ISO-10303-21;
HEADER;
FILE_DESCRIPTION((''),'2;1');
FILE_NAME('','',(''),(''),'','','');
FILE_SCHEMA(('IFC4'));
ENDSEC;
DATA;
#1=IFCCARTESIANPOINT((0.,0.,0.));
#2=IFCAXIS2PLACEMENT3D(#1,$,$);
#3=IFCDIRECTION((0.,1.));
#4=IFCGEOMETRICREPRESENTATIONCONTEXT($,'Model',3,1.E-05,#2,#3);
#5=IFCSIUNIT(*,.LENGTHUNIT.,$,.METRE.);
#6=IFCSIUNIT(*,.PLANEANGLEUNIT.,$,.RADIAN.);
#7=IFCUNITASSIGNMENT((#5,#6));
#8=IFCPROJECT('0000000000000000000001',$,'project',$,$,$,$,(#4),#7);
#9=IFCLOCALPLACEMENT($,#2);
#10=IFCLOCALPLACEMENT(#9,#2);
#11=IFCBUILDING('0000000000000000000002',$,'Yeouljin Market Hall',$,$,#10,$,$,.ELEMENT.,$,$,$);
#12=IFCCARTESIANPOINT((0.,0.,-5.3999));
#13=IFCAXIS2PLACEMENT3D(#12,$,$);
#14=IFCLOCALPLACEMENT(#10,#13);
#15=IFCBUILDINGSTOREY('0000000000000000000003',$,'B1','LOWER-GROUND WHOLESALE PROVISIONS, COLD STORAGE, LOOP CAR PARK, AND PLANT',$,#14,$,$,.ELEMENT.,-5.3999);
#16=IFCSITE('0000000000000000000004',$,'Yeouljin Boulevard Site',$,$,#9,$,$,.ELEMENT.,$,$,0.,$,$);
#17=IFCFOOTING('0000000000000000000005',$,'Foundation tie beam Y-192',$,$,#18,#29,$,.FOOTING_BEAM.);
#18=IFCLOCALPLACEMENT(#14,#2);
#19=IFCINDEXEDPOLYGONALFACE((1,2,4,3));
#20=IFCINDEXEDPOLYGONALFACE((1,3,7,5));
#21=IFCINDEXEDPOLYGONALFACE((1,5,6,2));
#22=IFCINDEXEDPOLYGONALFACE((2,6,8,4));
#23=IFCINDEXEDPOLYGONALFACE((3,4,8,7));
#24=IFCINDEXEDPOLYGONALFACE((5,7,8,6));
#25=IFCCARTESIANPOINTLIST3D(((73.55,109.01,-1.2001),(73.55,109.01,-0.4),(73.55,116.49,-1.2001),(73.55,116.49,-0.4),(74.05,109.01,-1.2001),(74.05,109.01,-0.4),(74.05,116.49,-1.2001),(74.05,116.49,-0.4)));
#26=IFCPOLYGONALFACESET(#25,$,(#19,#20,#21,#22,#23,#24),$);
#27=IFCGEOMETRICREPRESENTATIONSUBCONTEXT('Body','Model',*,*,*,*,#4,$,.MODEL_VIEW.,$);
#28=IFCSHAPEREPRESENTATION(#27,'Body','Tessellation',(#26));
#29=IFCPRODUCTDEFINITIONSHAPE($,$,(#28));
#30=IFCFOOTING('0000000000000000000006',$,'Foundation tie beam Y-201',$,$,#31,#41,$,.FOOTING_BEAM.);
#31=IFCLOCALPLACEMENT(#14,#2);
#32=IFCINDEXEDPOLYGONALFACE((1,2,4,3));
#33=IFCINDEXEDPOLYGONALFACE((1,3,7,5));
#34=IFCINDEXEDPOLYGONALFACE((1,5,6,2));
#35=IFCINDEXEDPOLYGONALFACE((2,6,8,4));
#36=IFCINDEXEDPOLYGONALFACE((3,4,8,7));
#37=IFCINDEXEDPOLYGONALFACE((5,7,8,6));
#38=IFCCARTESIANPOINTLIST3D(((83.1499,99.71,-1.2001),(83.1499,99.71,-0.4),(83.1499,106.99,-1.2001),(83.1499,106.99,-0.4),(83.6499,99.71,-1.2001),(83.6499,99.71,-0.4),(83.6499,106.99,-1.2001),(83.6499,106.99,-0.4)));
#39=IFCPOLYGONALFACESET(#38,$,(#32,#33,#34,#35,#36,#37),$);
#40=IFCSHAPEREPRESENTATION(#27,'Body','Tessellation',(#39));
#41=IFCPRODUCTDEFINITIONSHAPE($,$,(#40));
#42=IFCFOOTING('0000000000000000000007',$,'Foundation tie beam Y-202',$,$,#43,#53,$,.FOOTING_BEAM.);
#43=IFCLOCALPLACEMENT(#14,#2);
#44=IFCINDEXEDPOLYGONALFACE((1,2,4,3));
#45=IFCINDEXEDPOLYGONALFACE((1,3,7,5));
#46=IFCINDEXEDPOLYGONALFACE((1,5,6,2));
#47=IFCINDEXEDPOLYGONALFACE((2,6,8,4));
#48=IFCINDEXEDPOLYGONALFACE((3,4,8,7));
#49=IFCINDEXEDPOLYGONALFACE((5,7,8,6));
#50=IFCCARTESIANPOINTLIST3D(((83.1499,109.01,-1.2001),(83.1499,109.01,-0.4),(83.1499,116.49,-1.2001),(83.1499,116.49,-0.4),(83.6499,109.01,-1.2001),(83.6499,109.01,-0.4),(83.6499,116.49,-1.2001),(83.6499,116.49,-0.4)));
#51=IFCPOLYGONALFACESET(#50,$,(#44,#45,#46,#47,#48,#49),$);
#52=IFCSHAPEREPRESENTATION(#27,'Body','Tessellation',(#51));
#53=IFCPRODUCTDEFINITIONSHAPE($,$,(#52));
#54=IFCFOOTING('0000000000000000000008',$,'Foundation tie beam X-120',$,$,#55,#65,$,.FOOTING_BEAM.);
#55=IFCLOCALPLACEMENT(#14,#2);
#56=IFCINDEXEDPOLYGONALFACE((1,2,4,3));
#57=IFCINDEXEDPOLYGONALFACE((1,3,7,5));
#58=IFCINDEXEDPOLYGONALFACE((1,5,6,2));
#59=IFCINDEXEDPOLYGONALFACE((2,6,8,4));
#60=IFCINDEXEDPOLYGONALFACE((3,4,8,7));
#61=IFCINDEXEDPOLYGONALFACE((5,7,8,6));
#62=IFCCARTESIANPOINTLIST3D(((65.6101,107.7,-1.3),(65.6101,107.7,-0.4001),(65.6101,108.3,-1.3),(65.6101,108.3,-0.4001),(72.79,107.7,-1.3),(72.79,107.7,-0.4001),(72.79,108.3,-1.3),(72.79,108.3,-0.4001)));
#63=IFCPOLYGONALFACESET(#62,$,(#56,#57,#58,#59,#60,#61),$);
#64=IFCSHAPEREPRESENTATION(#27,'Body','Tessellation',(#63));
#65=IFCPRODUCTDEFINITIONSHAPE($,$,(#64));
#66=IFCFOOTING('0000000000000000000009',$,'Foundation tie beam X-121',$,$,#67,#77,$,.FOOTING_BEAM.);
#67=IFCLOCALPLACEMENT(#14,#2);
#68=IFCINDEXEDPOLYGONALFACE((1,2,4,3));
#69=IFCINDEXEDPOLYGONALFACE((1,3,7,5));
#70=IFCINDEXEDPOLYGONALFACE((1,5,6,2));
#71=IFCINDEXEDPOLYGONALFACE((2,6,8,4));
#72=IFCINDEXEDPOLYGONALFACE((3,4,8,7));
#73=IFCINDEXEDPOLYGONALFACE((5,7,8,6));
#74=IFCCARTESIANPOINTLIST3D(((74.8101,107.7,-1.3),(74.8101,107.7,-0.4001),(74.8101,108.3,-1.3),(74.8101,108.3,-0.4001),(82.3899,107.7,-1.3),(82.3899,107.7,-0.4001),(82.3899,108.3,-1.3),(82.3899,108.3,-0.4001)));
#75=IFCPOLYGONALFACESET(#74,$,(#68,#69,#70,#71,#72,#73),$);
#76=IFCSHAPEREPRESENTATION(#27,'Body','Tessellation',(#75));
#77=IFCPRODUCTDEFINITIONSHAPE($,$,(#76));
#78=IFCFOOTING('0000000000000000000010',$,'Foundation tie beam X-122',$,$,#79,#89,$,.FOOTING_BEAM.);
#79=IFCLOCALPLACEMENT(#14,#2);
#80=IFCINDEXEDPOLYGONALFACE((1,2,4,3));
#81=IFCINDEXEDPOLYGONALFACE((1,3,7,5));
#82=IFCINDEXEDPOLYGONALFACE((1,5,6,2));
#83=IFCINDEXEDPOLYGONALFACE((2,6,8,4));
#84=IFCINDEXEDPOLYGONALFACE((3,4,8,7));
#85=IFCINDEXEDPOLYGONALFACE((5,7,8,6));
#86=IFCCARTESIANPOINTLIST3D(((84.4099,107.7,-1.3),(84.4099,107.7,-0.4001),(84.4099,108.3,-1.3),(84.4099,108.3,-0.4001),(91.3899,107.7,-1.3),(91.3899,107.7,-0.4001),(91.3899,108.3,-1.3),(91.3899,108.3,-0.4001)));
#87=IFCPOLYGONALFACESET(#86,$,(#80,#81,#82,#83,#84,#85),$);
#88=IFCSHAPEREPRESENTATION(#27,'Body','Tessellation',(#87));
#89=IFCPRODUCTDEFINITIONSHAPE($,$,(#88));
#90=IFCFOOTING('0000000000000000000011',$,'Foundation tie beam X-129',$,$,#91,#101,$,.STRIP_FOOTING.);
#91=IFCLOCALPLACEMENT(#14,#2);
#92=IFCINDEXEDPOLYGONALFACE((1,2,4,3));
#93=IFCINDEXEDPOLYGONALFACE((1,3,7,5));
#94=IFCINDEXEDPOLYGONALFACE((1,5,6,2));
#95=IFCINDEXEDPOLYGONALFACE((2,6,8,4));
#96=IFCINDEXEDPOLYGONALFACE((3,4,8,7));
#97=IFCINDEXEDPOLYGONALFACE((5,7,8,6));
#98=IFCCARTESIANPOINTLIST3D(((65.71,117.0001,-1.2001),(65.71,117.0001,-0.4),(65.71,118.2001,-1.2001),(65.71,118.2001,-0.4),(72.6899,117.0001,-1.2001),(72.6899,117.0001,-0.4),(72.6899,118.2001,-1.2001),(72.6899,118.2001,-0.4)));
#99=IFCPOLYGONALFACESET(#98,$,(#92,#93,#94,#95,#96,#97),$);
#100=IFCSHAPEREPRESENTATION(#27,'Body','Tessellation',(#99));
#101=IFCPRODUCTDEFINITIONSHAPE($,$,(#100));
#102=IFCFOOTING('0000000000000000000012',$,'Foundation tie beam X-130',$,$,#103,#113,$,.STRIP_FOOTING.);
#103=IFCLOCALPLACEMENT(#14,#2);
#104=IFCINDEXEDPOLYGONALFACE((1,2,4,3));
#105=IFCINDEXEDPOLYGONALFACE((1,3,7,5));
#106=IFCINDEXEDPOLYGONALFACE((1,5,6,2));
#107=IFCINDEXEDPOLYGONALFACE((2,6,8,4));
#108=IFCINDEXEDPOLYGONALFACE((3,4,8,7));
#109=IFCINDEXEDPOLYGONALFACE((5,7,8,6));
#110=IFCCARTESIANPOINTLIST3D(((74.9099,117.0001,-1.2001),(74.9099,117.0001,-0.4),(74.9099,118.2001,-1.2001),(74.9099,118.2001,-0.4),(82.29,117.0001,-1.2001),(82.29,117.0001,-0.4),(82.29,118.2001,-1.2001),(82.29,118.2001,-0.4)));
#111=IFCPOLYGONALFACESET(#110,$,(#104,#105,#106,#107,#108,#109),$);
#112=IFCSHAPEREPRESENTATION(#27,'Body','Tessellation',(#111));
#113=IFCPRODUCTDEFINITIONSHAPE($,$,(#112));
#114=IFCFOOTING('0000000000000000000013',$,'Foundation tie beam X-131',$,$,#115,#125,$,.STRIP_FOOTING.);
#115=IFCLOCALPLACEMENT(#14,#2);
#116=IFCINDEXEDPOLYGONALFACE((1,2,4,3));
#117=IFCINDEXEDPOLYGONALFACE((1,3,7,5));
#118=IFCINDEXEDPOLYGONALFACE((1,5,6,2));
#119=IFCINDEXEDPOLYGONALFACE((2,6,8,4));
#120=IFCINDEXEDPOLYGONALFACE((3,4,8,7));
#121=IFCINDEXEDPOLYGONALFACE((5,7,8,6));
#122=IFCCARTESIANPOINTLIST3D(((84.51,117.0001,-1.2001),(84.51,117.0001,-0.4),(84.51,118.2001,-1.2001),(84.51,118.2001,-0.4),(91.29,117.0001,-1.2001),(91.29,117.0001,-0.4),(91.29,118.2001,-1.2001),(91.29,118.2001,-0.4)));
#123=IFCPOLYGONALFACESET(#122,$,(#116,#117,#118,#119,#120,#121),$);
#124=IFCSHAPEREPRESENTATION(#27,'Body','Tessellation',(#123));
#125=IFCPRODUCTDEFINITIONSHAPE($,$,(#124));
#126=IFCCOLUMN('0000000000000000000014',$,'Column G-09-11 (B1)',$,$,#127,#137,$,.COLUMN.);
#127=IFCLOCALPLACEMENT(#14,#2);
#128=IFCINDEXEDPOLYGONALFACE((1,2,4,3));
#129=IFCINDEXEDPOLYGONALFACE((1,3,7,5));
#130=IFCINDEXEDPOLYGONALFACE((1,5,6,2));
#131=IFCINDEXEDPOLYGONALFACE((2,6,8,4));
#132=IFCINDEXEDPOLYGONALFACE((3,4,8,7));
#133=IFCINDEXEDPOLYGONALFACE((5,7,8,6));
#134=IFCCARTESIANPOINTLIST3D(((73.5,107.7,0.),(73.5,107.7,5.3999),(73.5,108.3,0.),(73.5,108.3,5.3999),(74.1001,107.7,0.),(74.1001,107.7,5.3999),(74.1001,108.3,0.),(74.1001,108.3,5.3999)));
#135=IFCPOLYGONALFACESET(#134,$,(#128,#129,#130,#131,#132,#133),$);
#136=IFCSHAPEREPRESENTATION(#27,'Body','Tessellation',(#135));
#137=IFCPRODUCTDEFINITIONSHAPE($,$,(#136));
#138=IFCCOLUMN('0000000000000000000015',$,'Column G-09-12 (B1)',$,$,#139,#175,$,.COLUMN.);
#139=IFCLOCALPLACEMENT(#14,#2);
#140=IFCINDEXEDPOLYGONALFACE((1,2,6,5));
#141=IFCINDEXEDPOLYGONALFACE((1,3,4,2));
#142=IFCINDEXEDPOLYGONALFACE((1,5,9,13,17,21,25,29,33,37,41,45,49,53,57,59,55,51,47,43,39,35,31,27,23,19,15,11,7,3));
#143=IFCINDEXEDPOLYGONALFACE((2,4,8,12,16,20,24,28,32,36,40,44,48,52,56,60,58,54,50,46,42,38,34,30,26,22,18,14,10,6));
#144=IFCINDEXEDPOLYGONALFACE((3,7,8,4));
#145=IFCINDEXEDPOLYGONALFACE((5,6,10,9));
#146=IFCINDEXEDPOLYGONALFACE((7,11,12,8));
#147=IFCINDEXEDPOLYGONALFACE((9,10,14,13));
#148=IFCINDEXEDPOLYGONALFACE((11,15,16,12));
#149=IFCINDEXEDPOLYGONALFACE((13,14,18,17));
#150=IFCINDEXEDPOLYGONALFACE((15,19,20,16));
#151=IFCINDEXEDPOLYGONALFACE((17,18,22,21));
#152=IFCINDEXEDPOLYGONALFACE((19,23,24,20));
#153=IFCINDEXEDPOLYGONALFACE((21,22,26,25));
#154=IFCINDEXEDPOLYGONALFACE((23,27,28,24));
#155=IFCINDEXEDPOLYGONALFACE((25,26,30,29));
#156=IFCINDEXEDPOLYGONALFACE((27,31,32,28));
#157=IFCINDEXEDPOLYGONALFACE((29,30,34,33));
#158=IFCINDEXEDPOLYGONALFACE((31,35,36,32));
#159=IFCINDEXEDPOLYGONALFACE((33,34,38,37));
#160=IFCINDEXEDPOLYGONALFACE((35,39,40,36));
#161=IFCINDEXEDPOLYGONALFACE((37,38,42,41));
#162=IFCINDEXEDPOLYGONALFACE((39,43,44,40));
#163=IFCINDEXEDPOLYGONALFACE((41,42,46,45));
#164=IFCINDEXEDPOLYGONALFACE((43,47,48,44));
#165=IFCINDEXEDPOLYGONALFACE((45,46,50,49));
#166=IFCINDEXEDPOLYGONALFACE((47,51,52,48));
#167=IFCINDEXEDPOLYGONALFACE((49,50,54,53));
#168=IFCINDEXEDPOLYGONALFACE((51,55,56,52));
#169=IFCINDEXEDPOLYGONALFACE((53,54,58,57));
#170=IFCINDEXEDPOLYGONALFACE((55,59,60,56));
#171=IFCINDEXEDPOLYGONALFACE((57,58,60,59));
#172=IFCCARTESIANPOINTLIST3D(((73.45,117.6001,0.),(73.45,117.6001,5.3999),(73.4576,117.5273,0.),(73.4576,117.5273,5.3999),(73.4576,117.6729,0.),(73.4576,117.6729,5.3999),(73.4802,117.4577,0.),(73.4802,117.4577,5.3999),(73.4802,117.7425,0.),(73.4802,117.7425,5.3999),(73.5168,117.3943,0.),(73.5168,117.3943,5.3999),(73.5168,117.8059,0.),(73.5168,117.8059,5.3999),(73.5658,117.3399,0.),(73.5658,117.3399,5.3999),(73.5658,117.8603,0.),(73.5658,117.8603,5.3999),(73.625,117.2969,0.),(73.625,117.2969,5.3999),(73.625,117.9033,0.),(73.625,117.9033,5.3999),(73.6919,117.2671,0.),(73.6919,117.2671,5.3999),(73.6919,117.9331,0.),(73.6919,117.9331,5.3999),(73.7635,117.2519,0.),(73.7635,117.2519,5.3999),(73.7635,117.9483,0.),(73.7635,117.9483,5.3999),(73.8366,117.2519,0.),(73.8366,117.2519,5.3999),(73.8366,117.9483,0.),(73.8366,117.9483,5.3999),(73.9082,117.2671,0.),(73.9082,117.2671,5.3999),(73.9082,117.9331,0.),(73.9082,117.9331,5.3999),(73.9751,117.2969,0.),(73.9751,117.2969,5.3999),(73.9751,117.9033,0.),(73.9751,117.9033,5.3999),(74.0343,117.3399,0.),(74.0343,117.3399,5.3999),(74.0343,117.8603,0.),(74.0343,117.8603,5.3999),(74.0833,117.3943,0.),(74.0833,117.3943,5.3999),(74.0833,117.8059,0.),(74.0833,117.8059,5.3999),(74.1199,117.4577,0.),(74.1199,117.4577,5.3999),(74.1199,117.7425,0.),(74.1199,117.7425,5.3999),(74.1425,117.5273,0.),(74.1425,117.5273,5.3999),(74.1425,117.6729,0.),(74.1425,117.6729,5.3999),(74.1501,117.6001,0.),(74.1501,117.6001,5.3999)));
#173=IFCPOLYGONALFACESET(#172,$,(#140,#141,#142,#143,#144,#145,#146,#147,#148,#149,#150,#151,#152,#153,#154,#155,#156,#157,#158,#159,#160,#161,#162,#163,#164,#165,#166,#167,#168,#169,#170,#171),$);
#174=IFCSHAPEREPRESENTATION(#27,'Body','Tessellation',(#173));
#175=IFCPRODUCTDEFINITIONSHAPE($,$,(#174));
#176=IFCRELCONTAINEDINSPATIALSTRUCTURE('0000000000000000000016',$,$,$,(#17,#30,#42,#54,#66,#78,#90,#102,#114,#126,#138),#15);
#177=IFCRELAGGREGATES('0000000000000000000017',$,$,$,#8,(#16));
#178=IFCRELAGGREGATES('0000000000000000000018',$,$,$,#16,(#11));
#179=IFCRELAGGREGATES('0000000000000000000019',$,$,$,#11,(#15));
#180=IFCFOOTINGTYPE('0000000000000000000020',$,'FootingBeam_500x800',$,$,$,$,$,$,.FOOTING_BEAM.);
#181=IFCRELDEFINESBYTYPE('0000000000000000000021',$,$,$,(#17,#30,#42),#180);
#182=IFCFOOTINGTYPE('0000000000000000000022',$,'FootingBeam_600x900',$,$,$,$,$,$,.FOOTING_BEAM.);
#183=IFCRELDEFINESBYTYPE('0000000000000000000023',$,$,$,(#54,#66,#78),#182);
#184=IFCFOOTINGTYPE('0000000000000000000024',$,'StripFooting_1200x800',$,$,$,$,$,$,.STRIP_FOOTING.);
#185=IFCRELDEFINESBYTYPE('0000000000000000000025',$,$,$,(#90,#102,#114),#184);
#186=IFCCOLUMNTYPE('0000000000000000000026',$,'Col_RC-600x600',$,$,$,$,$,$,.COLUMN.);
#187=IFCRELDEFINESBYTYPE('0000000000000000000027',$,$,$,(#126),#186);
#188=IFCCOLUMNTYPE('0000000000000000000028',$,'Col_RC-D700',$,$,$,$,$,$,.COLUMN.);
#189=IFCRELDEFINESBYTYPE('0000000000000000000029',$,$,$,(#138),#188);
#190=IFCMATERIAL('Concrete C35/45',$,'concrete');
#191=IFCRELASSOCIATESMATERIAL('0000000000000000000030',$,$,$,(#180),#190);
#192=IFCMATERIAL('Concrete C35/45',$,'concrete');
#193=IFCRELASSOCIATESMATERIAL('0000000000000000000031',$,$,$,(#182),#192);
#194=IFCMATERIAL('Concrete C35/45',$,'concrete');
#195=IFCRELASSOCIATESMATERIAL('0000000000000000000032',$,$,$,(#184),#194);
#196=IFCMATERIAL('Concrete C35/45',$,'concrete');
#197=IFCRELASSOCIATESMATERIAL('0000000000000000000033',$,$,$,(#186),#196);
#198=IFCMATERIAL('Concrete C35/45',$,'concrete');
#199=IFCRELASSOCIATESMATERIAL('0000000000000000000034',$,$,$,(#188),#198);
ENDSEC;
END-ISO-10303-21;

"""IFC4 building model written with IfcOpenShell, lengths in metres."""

from ifc_helpers import new_model, si_unit, direction, frame, origin, origin_2d, place, context, subcontext, project, spatial, rectangle, circle, extrude, material, material_profile, profile_set, type_object, element, save


model = new_model("IFC4")

# Units and contexts
model_context = context("Model", 3, precision=1e-05, world=origin(), true_north=direction((0.0, 1.0)))
body_context = subcontext(model_context, "Body", "Model", "MODEL_VIEW")
ifc_project = project(units=[si_unit("LENGTHUNIT", "METRE"), si_unit("PLANEANGLEUNIT", "RADIAN")], contexts=[model_context])

# Site, building, storey
site_placement = place(None, origin())
site = spatial("IfcSite", under=ifc_project, at=site_placement, Name="Yeouljin Boulevard Site", CompositionType="ELEMENT", RefElevation=0.0)
building_placement = place(site_placement, origin())
building = spatial("IfcBuilding", under=site, at=building_placement, Name="Yeouljin Market Hall", CompositionType="ELEMENT")
storey_placement = place(building_placement, frame((0.0, 0.0, -5.3999)))
storey = spatial("IfcBuildingStorey", under=building, at=storey_placement, Name="B1", Description="LOWER-GROUND WHOLESALE PROVISIONS, COLD STORAGE, LOOP CAR PARK, AND PLANT", CompositionType="ELEMENT", Elevation=-5.3999)

# Footings
ifc_material_1 = material(Name="Concrete C35/45", Category="concrete")
ifc_material_profile_1 = material_profile(ifc_material_1, rectangle(XDim=0.5, YDim=0.8, at=origin_2d()), Name="RC-500x800")
ifc_profile_set_1 = profile_set([ifc_material_profile_1], Name="Concrete C35/45")
footing_type_1 = type_object("IfcFootingType", Name="FootingBeam_500x800", PredefinedType="FOOTING_BEAM", material=ifc_profile_set_1)
footing_1_placement = place(storey_placement, frame((73.8, 109.01, -0.8), z_axis=(0.0, 1.0, 0.0), x_axis=(-1.0, 0.0, 0.0)))
element("IfcFooting", 1, at=footing_1_placement, inside=storey, type_object=footing_type_1, Name="Foundation tie beam Y-192", PredefinedType="FOOTING_BEAM", context=body_context, shape_type="SweptSolid", body=[
    extrude(rectangle(XDim=0.5, YDim=0.8, at=origin_2d()), origin(), (0.0, 0.0, 1.0), 7.48),
])
footing_2_placement = place(storey_placement, frame((83.3999, 99.71, -0.8), z_axis=(0.0, 1.0, 0.0), x_axis=(-1.0, 0.0, 0.0)))
element("IfcFooting", 2, at=footing_2_placement, inside=storey, type_object=footing_type_1, Name="Foundation tie beam Y-201", PredefinedType="FOOTING_BEAM", context=body_context, shape_type="SweptSolid", body=[
    extrude(rectangle(XDim=0.5, YDim=0.8, at=origin_2d()), origin(), (0.0, 0.0, 1.0), 7.28),
])
footing_3_placement = place(storey_placement, frame((83.3999, 109.01, -0.8), z_axis=(0.0, 1.0, 0.0), x_axis=(-1.0, 0.0, 0.0)))
element("IfcFooting", 3, at=footing_3_placement, inside=storey, type_object=footing_type_1, Name="Foundation tie beam Y-202", PredefinedType="FOOTING_BEAM", context=body_context, shape_type="SweptSolid", body=[
    extrude(rectangle(XDim=0.5, YDim=0.8, at=origin_2d()), origin(), (0.0, 0.0, 1.0), 7.48),
])
ifc_material_2 = material(Name="Concrete C35/45", Category="concrete")
ifc_material_profile_2 = material_profile(ifc_material_2, rectangle(XDim=0.6001, YDim=0.8999, at=origin_2d()), Name="RC-600x900")
ifc_profile_set_2 = profile_set([ifc_material_profile_2], Name="Concrete C35/45")
footing_type_2 = type_object("IfcFootingType", Name="FootingBeam_600x900", PredefinedType="FOOTING_BEAM", material=ifc_profile_set_2)
footing_4_placement = place(storey_placement, frame((65.6101, 108.0, -0.8501), z_axis=(1.0, 0.0, 0.0), x_axis=(0.0, 1.0, 0.0)))
element("IfcFooting", 4, at=footing_4_placement, inside=storey, type_object=footing_type_2, Name="Foundation tie beam X-120", PredefinedType="FOOTING_BEAM", context=body_context, shape_type="SweptSolid", body=[
    extrude(rectangle(XDim=0.6001, YDim=0.8999, at=origin_2d()), origin(), (0.0, 0.0, 1.0), 7.1799),
])
footing_5_placement = place(storey_placement, frame((74.8101, 108.0, -0.8501), z_axis=(1.0, 0.0, 0.0), x_axis=(0.0, 1.0, 0.0)))
element("IfcFooting", 5, at=footing_5_placement, inside=storey, type_object=footing_type_2, Name="Foundation tie beam X-121", PredefinedType="FOOTING_BEAM", context=body_context, shape_type="SweptSolid", body=[
    extrude(rectangle(XDim=0.6001, YDim=0.8999, at=origin_2d()), origin(), (0.0, 0.0, 1.0), 7.5798),
])
footing_6_placement = place(storey_placement, frame((84.4099, 108.0, -0.8501), z_axis=(1.0, 0.0, 0.0), x_axis=(0.0, 1.0, 0.0)))
element("IfcFooting", 6, at=footing_6_placement, inside=storey, type_object=footing_type_2, Name="Foundation tie beam X-122", PredefinedType="FOOTING_BEAM", context=body_context, shape_type="SweptSolid", body=[
    extrude(rectangle(XDim=0.6001, YDim=0.8999, at=origin_2d()), origin(), (0.0, 0.0, 1.0), 6.98),
])
ifc_material_3 = material(Name="Concrete C35/45", Category="concrete")
ifc_material_profile_3 = material_profile(ifc_material_3, rectangle(XDim=1.2, YDim=0.8, at=origin_2d()), Name="SF-1200x800")
ifc_profile_set_3 = profile_set([ifc_material_profile_3], Name="Concrete C35/45")
footing_type_3 = type_object("IfcFootingType", Name="StripFooting_1200x800", PredefinedType="STRIP_FOOTING", material=ifc_profile_set_3)
footing_7_placement = place(storey_placement, frame((65.71, 117.6001, -0.8), z_axis=(1.0, 0.0, 0.0), x_axis=(0.0, 1.0, 0.0)))
element("IfcFooting", 7, at=footing_7_placement, inside=storey, type_object=footing_type_3, Name="Foundation tie beam X-129", PredefinedType="STRIP_FOOTING", context=body_context, shape_type="SweptSolid", body=[
    extrude(rectangle(XDim=1.2, YDim=0.8, at=origin_2d()), origin(), (0.0, 0.0, 1.0), 6.98),
])
footing_8_placement = place(storey_placement, frame((74.9099, 117.6001, -0.8), z_axis=(1.0, 0.0, 0.0), x_axis=(0.0, 1.0, 0.0)))
element("IfcFooting", 8, at=footing_8_placement, inside=storey, type_object=footing_type_3, Name="Foundation tie beam X-130", PredefinedType="STRIP_FOOTING", context=body_context, shape_type="SweptSolid", body=[
    extrude(rectangle(XDim=1.2, YDim=0.8, at=origin_2d()), origin(), (0.0, 0.0, 1.0), 7.3801),
])
footing_9_placement = place(storey_placement, frame((84.51, 117.6001, -0.8), z_axis=(1.0, 0.0, 0.0), x_axis=(0.0, 1.0, 0.0)))
element("IfcFooting", 9, at=footing_9_placement, inside=storey, type_object=footing_type_3, Name="Foundation tie beam X-131", PredefinedType="STRIP_FOOTING", context=body_context, shape_type="SweptSolid", body=[
    extrude(rectangle(XDim=1.2, YDim=0.8, at=origin_2d()), origin(), (0.0, 0.0, 1.0), 6.78),
])

# Columns
ifc_material_4 = material(Name="Concrete C35/45", Category="concrete")
ifc_material_profile_4 = material_profile(ifc_material_4, rectangle(XDim=0.6001, YDim=0.6001, at=origin_2d()), Name="RC-600x600")
ifc_profile_set_4 = profile_set([ifc_material_profile_4], Name="Concrete C35/45")
column_type_1 = type_object("IfcColumnType", Name="Col_RC-600x600", PredefinedType="COLUMN", material=ifc_profile_set_4)
column_placement = place(storey_placement, frame((73.8, 108.0, 0.0), z_axis=(0.0, 0.0, 1.0), x_axis=(1.0, 0.0, 0.0)))
element("IfcColumn", 10, at=column_placement, inside=storey, type_object=column_type_1, Name="Column G-09-11 (B1)", PredefinedType="COLUMN", context=body_context, shape_type="SweptSolid", body=[
    extrude(rectangle(XDim=0.6001, YDim=0.6001, at=origin_2d()), origin(), (0.0, 0.0, 1.0), 5.3999),
])
ifc_material_5 = material(Name="Concrete C35/45", Category="concrete")
ifc_material_profile_5 = material_profile(ifc_material_5, circle(Radius=0.3501, at=origin_2d()), Name="RC-D700")
ifc_profile_set_5 = profile_set([ifc_material_profile_5], Name="Concrete C35/45")
column_type_2 = type_object("IfcColumnType", Name="Col_RC-D700", PredefinedType="COLUMN", material=ifc_profile_set_5)
for number, where, z_axis, x_axis, name in (
    (11, (73.8, 117.6001, 0.0), (0.0, 0.0, 1.0), (1.0, 0.0, 0.0), "Column G-09-12 (B1)"),
):
    element("IfcColumn", number, at=place(storey_placement, frame(where, z_axis=z_axis, x_axis=x_axis)), inside=storey, type_object=column_type_2, Name=name, PredefinedType="COLUMN", context=body_context, shape_type="SweptSolid", body=[
        extrude(circle(Radius=0.3501, at=origin_2d()), origin(), (0.0, 0.0, 1.0), 5.3999),
    ])

save(model, "model.ifc")
